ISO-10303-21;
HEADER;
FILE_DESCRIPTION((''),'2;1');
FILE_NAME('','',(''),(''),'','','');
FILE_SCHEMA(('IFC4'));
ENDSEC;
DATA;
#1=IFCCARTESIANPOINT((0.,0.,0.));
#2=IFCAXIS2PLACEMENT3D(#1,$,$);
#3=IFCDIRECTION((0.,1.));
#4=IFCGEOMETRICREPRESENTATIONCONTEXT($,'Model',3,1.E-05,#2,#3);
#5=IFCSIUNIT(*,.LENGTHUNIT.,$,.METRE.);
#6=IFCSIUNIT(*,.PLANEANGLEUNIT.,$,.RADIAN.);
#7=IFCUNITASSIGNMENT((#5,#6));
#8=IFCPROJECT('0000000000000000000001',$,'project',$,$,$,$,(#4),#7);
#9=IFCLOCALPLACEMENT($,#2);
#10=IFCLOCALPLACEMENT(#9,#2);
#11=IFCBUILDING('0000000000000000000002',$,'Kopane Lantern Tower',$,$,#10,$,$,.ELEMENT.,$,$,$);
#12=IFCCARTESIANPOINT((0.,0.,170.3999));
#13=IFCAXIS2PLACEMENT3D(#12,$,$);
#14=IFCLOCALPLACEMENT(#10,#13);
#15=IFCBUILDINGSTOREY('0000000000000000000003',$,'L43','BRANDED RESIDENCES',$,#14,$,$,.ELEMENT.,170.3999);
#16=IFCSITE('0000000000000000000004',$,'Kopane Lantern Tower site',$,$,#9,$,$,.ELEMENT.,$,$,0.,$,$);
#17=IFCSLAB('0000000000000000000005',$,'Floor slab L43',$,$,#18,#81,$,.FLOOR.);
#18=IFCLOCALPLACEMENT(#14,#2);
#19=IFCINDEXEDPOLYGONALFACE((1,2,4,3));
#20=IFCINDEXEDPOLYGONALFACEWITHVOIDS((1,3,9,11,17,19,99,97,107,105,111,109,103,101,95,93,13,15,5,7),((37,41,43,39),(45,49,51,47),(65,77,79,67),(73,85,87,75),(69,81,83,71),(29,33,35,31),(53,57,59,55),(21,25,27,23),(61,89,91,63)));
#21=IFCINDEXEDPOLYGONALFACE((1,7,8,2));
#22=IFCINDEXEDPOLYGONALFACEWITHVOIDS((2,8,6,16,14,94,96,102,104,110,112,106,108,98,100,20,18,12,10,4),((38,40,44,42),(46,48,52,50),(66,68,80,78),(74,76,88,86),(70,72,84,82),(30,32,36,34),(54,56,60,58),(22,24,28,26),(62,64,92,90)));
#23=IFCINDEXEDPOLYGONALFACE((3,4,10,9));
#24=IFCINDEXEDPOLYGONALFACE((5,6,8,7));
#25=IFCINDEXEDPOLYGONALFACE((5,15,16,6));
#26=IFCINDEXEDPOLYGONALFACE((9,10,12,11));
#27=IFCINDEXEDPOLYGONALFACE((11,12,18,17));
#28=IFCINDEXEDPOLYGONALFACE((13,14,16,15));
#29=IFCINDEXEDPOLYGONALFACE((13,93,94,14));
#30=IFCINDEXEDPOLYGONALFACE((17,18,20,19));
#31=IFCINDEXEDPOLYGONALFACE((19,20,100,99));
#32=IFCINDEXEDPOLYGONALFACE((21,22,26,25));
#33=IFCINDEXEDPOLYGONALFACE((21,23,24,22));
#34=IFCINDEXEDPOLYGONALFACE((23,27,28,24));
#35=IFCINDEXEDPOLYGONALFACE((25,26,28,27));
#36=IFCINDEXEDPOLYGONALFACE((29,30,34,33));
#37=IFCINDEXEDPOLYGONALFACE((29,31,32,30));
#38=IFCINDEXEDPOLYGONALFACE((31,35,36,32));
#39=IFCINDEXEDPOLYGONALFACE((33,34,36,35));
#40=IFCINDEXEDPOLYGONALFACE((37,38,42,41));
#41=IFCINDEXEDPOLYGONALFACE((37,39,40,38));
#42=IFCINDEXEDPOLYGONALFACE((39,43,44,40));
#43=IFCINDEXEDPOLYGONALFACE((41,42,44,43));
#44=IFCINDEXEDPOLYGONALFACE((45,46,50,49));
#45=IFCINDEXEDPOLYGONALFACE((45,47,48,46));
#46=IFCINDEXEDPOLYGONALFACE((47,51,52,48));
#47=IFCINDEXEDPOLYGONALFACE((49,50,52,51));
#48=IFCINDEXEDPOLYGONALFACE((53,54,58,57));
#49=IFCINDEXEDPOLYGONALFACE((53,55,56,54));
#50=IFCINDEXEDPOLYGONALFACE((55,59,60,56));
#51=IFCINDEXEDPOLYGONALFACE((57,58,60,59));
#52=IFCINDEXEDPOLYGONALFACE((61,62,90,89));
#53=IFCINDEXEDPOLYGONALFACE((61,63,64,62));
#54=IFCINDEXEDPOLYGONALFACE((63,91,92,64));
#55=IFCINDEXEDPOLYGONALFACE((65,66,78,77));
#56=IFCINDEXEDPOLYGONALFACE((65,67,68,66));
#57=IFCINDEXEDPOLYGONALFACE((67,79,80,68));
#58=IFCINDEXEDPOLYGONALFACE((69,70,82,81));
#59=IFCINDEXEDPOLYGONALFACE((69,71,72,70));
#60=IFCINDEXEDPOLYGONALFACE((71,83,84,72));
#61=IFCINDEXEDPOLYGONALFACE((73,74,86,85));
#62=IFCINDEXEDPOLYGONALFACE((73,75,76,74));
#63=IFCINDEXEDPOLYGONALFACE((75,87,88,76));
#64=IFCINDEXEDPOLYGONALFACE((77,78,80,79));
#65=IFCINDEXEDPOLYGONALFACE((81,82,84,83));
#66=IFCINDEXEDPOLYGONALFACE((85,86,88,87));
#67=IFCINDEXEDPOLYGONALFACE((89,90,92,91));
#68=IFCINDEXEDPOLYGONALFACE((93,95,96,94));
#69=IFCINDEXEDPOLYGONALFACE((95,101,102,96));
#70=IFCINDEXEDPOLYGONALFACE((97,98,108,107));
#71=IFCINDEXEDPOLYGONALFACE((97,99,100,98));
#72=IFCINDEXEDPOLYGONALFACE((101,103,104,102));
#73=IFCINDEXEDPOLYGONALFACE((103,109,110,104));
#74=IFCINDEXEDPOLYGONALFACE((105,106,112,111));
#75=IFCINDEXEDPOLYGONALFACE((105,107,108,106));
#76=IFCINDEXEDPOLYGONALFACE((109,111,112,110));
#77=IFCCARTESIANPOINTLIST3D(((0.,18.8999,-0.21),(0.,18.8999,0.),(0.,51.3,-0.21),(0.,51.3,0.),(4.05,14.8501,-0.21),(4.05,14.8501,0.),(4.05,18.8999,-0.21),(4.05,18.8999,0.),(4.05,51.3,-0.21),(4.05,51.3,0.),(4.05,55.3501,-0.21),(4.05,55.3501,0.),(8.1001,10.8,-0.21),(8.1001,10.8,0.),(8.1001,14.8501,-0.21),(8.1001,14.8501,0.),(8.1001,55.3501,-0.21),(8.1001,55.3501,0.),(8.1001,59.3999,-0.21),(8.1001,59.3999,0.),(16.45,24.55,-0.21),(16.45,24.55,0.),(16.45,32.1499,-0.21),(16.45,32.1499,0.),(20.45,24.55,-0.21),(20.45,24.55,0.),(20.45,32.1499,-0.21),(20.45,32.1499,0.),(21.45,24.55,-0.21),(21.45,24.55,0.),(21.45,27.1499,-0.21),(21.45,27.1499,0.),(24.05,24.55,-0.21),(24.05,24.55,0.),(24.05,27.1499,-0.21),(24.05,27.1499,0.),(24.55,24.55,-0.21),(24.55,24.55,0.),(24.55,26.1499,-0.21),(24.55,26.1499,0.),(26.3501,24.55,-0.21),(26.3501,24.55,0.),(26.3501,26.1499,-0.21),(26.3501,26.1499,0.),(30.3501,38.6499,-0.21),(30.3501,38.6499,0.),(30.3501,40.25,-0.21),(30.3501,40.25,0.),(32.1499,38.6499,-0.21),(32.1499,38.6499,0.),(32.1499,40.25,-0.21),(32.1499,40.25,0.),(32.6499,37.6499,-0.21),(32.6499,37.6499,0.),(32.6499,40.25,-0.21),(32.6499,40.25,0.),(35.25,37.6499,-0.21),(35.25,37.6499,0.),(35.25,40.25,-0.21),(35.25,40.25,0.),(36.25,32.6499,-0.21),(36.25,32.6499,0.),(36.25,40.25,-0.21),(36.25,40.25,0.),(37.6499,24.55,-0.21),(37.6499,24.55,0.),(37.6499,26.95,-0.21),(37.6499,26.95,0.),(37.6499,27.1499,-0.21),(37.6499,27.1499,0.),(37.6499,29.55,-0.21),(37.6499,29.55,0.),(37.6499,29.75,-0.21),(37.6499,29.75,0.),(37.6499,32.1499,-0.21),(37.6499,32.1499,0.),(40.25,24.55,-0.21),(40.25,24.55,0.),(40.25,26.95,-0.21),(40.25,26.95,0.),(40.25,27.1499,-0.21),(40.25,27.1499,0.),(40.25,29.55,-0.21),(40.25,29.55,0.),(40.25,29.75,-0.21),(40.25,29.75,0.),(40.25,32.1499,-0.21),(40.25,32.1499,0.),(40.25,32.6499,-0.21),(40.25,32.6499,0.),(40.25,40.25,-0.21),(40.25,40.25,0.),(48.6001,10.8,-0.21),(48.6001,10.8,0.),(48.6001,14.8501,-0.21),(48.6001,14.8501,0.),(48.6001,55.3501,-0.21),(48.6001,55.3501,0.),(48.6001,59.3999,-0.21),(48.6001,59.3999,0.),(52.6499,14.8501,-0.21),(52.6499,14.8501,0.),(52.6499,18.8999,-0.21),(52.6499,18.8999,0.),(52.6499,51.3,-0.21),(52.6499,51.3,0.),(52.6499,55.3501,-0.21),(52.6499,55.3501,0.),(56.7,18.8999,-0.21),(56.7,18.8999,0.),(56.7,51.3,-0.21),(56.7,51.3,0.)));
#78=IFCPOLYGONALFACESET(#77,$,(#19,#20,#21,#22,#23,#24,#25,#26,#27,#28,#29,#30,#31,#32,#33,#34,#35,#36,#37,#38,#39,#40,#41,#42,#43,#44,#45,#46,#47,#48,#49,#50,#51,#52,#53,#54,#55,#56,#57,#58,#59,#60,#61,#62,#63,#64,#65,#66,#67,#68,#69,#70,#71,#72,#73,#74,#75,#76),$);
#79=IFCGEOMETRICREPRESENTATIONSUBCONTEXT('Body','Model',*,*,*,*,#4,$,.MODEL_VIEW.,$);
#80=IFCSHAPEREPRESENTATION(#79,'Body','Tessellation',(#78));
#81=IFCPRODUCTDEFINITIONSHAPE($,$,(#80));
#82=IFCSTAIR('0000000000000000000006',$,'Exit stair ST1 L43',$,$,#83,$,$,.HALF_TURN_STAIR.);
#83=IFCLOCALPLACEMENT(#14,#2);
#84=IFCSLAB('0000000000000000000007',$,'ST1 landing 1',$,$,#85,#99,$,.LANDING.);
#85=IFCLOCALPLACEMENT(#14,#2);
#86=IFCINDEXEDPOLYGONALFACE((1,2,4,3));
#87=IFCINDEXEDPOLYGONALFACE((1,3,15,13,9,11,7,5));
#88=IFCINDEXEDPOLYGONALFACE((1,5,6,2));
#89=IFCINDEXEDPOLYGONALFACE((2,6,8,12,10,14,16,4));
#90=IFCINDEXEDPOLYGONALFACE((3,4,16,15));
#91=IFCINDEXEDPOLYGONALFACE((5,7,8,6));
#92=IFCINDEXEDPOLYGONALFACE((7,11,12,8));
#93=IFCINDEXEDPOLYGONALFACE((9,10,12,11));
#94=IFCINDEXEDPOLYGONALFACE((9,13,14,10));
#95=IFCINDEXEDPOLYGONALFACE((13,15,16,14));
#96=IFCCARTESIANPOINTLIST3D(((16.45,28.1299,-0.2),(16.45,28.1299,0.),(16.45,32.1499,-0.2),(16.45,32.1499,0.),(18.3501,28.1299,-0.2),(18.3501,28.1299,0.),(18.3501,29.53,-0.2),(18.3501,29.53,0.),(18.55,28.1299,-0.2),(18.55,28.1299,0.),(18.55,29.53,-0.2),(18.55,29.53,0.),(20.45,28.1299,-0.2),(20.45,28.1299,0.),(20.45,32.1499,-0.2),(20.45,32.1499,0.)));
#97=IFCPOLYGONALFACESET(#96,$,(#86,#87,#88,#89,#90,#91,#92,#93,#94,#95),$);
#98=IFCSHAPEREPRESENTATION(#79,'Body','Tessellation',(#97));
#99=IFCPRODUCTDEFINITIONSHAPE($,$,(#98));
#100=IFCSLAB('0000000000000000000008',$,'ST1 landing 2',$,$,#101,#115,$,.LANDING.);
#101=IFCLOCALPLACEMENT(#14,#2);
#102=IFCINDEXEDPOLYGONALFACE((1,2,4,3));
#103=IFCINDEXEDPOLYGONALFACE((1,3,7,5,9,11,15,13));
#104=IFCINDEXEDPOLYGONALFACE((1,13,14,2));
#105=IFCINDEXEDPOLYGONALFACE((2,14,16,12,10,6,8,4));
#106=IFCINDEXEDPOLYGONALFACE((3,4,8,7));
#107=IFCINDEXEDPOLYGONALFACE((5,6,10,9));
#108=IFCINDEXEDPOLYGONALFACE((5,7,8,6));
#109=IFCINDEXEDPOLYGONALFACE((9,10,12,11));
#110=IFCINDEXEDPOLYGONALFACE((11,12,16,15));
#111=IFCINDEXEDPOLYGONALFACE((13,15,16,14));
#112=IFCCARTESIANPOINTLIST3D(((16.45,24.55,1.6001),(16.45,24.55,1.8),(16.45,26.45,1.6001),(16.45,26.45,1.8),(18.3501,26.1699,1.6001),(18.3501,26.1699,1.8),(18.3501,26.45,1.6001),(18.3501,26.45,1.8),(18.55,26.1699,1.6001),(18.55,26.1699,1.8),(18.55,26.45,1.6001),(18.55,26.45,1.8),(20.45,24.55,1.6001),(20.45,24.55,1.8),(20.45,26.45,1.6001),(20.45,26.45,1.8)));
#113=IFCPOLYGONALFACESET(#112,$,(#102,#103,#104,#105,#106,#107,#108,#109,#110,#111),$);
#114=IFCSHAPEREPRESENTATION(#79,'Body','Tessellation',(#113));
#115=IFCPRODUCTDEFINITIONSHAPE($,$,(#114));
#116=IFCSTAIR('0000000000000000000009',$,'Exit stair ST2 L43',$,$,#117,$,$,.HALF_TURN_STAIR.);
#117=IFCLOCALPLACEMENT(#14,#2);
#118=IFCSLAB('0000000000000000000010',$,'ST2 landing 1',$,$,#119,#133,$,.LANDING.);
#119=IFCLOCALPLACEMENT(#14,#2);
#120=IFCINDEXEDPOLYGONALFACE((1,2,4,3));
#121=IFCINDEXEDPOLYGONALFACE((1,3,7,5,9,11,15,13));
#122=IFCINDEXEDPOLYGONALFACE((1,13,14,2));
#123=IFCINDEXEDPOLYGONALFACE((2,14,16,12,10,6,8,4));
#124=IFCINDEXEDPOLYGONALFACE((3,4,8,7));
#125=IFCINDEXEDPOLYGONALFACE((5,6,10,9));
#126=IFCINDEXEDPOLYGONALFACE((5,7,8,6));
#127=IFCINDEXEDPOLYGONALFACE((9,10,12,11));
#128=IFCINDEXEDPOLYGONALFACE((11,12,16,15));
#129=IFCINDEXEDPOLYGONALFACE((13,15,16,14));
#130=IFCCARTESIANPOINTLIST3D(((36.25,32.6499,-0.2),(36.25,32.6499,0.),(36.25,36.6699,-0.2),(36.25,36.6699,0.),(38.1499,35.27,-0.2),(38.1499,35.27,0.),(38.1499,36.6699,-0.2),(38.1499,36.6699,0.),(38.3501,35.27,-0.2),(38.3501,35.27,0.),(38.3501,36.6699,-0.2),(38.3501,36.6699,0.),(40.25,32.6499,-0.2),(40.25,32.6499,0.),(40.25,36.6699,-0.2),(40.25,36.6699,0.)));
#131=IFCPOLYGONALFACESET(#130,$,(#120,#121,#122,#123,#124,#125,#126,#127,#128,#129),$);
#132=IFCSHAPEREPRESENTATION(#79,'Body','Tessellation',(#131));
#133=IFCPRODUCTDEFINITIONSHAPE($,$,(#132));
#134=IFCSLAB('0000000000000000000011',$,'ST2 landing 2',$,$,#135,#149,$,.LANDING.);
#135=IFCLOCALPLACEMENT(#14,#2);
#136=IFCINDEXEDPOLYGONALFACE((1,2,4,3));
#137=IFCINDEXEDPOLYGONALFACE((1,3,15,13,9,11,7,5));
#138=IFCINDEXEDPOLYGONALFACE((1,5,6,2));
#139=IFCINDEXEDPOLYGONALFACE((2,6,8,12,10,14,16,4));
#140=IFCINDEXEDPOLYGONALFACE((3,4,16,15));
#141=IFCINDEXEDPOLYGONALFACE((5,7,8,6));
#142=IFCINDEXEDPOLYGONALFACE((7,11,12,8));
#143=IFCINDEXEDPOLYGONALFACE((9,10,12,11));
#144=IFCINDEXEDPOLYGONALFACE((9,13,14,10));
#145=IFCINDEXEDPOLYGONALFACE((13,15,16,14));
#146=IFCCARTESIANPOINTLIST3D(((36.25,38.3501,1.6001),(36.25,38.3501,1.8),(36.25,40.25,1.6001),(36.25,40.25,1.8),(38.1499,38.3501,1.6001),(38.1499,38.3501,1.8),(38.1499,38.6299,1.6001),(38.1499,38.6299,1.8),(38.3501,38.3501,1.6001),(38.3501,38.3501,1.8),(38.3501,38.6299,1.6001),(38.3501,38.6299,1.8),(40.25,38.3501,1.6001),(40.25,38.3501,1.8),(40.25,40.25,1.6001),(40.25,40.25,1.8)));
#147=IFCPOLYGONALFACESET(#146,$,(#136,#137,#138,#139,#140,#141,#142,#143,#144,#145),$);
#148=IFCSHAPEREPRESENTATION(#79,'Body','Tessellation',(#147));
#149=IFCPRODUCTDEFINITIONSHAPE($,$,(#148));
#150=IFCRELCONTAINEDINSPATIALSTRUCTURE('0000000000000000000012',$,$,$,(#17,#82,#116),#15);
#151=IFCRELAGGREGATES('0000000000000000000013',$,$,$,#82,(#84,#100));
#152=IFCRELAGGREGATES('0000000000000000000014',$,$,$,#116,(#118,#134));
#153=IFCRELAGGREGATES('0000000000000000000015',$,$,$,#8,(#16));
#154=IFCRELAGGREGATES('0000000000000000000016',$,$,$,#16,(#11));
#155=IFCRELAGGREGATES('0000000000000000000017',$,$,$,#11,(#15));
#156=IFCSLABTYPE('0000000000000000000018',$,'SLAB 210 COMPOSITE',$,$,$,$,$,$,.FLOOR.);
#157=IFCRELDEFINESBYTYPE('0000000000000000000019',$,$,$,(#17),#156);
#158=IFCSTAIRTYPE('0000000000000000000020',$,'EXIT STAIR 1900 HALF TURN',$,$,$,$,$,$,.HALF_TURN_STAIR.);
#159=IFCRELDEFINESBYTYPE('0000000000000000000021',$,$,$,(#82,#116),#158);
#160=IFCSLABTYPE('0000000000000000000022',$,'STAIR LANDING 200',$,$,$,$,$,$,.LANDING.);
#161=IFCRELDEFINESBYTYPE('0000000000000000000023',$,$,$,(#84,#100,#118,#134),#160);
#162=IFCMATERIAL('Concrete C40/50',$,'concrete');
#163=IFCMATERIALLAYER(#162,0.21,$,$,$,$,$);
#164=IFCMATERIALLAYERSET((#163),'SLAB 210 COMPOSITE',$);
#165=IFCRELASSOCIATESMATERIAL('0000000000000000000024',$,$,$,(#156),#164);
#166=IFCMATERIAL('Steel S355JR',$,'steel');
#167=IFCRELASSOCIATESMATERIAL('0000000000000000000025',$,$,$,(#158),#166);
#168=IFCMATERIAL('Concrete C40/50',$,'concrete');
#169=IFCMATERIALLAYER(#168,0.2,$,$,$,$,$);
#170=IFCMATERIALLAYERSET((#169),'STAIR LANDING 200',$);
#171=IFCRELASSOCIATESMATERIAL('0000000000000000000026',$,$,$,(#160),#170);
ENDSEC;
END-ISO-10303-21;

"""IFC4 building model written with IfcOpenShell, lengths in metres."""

from ifc_helpers import new_model, si_unit, direction, frame, origin, place, context, subcontext, project, spatial, polyline, outline, extrude, material, layer, layer_set, type_object, element, aggregate, save


model = new_model("IFC4")

# Units and contexts
model_context = context("Model", 3, precision=1e-05, world=origin(), true_north=direction((0.0, 1.0)))
body_context = subcontext(model_context, "Body", "Model", "MODEL_VIEW")
ifc_project = project(units=[si_unit("LENGTHUNIT", "METRE"), si_unit("PLANEANGLEUNIT", "RADIAN")], contexts=[model_context])

# Site, building, storey
site_placement = place(None, origin())
site = spatial("IfcSite", under=ifc_project, at=site_placement, Name="Kopane Lantern Tower site", CompositionType="ELEMENT", RefElevation=0.0)
building_placement = place(site_placement, origin())
building = spatial("IfcBuilding", under=site, at=building_placement, Name="Kopane Lantern Tower", CompositionType="ELEMENT")
storey_placement = place(building_placement, frame((0.0, 0.0, 170.3999)))
storey = spatial("IfcBuildingStorey", under=building, at=storey_placement, Name="L43", Description="BRANDED RESIDENCES", CompositionType="ELEMENT", Elevation=170.3999)

# Slab
ifc_material_1 = material(Name="Concrete C40/50", Category="concrete")
ifc_layer_1 = layer(ifc_material_1, 0.21)
ifc_layer_set_1 = layer_set([ifc_layer_1], Name="SLAB 210 COMPOSITE")
slab_type_1 = type_object("IfcSlabType", Name="SLAB 210 COMPOSITE", PredefinedType="FLOOR", material=ifc_layer_set_1)
slab_1_placement = place(storey_placement, frame((0.0, 0.0, -0.21)))
element("IfcSlab", 1, at=slab_1_placement, inside=storey, type_object=slab_type_1, Name="Floor slab L43", PredefinedType="FLOOR", context=body_context, shape_type="SweptSolid", body=[
    extrude(outline(polyline([(8.1001, 10.8), (48.6001, 10.8), (48.6001, 14.8501), (52.6499, 14.8501), (52.6499, 18.8999), (56.7, 18.8999), (56.7, 51.3), (52.6499, 51.3), (52.6499, 55.3501), (48.6001, 55.3501), (48.6001, 59.3999), (8.1001, 59.3999), (8.1001, 55.3501), (4.05, 55.3501), (4.05, 51.3), (0.0, 51.3), (0.0, 18.8999), (4.05, 18.8999), (4.05, 14.8501), (8.1001, 14.8501), (8.1001, 10.8)]), holes=[polyline([(16.45, 24.55), (20.45, 24.55), (20.45, 32.1499), (16.45, 32.1499), (16.45, 24.55)]), polyline([(36.25, 32.6499), (40.25, 32.6499), (40.25, 40.25), (36.25, 40.25), (36.25, 32.6499)]), polyline([(37.6499, 24.55), (40.25, 24.55), (40.25, 26.95), (37.6499, 26.95), (37.6499, 24.55)]), polyline([(37.6499, 27.1499), (40.25, 27.1499), (40.25, 29.55), (37.6499, 29.55), (37.6499, 27.1499)]), polyline([(37.6499, 29.75), (40.25, 29.75), (40.25, 32.1499), (37.6499, 32.1499), (37.6499, 29.75)]), polyline([(21.45, 24.55), (24.05, 24.55), (24.05, 27.1499), (21.45, 27.1499), (21.45, 24.55)]), polyline([(32.6499, 37.6499), (35.25, 37.6499), (35.25, 40.25), (32.6499, 40.25), (32.6499, 37.6499)]), polyline([(24.55, 24.55), (26.3501, 24.55), (26.3501, 26.1499), (24.55, 26.1499), (24.55, 24.55)]), polyline([(30.3501, 38.6499), (32.1499, 38.6499), (32.1499, 40.25), (30.3501, 40.25), (30.3501, 38.6499)])]), origin(), (0.0, 0.0, 1.0), 0.21),
])

# Stairs, slabs
ifc_material_2 = material(Name="Steel S355JR", Category="steel")
stair_type = type_object("IfcStairType", Name="EXIT STAIR 1900 HALF TURN", PredefinedType="HALF_TURN_STAIR", material=ifc_material_2)
stair_1_placement = place(storey_placement, origin())
stair_1 = element("IfcStair", 2, at=stair_1_placement, inside=storey, type_object=stair_type, Name="Exit stair ST1 L43", PredefinedType="HALF_TURN_STAIR")
ifc_material_3 = material(Name="Concrete C40/50", Category="concrete")
ifc_layer_2 = layer(ifc_material_3, 0.2)
ifc_layer_set_2 = layer_set([ifc_layer_2], Name="STAIR LANDING 200")
slab_type_2 = type_object("IfcSlabType", Name="STAIR LANDING 200", PredefinedType="LANDING", material=ifc_layer_set_2)
slab_2_placement = place(storey_placement, frame((0.0, 0.0, -0.2)))
slab_2 = element("IfcSlab", 3, at=slab_2_placement, type_object=slab_type_2, Name="ST1 landing 1", PredefinedType="LANDING", context=body_context, shape_type="SweptSolid", body=[
    extrude(outline(polyline([(18.3501, 29.53), (18.55, 29.53), (18.55, 28.1299), (20.45, 28.1299), (20.45, 32.1499), (16.45, 32.1499), (16.45, 28.1299), (18.3501, 28.1299), (18.3501, 29.53)])), origin(), (0.0, 0.0, 1.0), 0.2),
])
slab_3_placement = place(storey_placement, frame((0.0, 0.0, 1.6001)))
slab_3 = element("IfcSlab", 4, at=slab_3_placement, type_object=slab_type_2, Name="ST1 landing 2", PredefinedType="LANDING", context=body_context, shape_type="SweptSolid", body=[
    extrude(outline(polyline([(20.45, 26.45), (18.55, 26.45), (18.55, 26.1699), (18.3501, 26.1699), (18.3501, 26.45), (16.45, 26.45), (16.45, 24.55), (20.45, 24.55), (20.45, 26.45)])), origin(), (0.0, 0.0, 1.0), 0.2),
])
aggregate(stair_1, [slab_2, slab_3])
stair_2_placement = place(storey_placement, origin())
stair_2 = element("IfcStair", 5, at=stair_2_placement, inside=storey, type_object=stair_type, Name="Exit stair ST2 L43", PredefinedType="HALF_TURN_STAIR")
slab_4_placement = place(storey_placement, frame((0.0, 0.0, -0.2)))
slab_4 = element("IfcSlab", 6, at=slab_4_placement, type_object=slab_type_2, Name="ST2 landing 1", PredefinedType="LANDING", context=body_context, shape_type="SweptSolid", body=[
    extrude(outline(polyline([(40.25, 36.6699), (38.3501, 36.6699), (38.3501, 35.27), (38.1499, 35.27), (38.1499, 36.6699), (36.25, 36.6699), (36.25, 32.6499), (40.25, 32.6499), (40.25, 36.6699)])), origin(), (0.0, 0.0, 1.0), 0.2),
])
slab_5_placement = place(storey_placement, frame((0.0, 0.0, 1.6001)))
slab_5 = element("IfcSlab", 7, at=slab_5_placement, type_object=slab_type_2, Name="ST2 landing 2", PredefinedType="LANDING", context=body_context, shape_type="SweptSolid", body=[
    extrude(outline(polyline([(38.1499, 38.6299), (38.3501, 38.6299), (38.3501, 38.3501), (40.25, 38.3501), (40.25, 40.25), (36.25, 40.25), (36.25, 38.3501), (38.1499, 38.3501), (38.1499, 38.6299)])), origin(), (0.0, 0.0, 1.0), 0.2),
])
aggregate(stair_2, [slab_4, slab_5])

save(model, "model.ifc")
